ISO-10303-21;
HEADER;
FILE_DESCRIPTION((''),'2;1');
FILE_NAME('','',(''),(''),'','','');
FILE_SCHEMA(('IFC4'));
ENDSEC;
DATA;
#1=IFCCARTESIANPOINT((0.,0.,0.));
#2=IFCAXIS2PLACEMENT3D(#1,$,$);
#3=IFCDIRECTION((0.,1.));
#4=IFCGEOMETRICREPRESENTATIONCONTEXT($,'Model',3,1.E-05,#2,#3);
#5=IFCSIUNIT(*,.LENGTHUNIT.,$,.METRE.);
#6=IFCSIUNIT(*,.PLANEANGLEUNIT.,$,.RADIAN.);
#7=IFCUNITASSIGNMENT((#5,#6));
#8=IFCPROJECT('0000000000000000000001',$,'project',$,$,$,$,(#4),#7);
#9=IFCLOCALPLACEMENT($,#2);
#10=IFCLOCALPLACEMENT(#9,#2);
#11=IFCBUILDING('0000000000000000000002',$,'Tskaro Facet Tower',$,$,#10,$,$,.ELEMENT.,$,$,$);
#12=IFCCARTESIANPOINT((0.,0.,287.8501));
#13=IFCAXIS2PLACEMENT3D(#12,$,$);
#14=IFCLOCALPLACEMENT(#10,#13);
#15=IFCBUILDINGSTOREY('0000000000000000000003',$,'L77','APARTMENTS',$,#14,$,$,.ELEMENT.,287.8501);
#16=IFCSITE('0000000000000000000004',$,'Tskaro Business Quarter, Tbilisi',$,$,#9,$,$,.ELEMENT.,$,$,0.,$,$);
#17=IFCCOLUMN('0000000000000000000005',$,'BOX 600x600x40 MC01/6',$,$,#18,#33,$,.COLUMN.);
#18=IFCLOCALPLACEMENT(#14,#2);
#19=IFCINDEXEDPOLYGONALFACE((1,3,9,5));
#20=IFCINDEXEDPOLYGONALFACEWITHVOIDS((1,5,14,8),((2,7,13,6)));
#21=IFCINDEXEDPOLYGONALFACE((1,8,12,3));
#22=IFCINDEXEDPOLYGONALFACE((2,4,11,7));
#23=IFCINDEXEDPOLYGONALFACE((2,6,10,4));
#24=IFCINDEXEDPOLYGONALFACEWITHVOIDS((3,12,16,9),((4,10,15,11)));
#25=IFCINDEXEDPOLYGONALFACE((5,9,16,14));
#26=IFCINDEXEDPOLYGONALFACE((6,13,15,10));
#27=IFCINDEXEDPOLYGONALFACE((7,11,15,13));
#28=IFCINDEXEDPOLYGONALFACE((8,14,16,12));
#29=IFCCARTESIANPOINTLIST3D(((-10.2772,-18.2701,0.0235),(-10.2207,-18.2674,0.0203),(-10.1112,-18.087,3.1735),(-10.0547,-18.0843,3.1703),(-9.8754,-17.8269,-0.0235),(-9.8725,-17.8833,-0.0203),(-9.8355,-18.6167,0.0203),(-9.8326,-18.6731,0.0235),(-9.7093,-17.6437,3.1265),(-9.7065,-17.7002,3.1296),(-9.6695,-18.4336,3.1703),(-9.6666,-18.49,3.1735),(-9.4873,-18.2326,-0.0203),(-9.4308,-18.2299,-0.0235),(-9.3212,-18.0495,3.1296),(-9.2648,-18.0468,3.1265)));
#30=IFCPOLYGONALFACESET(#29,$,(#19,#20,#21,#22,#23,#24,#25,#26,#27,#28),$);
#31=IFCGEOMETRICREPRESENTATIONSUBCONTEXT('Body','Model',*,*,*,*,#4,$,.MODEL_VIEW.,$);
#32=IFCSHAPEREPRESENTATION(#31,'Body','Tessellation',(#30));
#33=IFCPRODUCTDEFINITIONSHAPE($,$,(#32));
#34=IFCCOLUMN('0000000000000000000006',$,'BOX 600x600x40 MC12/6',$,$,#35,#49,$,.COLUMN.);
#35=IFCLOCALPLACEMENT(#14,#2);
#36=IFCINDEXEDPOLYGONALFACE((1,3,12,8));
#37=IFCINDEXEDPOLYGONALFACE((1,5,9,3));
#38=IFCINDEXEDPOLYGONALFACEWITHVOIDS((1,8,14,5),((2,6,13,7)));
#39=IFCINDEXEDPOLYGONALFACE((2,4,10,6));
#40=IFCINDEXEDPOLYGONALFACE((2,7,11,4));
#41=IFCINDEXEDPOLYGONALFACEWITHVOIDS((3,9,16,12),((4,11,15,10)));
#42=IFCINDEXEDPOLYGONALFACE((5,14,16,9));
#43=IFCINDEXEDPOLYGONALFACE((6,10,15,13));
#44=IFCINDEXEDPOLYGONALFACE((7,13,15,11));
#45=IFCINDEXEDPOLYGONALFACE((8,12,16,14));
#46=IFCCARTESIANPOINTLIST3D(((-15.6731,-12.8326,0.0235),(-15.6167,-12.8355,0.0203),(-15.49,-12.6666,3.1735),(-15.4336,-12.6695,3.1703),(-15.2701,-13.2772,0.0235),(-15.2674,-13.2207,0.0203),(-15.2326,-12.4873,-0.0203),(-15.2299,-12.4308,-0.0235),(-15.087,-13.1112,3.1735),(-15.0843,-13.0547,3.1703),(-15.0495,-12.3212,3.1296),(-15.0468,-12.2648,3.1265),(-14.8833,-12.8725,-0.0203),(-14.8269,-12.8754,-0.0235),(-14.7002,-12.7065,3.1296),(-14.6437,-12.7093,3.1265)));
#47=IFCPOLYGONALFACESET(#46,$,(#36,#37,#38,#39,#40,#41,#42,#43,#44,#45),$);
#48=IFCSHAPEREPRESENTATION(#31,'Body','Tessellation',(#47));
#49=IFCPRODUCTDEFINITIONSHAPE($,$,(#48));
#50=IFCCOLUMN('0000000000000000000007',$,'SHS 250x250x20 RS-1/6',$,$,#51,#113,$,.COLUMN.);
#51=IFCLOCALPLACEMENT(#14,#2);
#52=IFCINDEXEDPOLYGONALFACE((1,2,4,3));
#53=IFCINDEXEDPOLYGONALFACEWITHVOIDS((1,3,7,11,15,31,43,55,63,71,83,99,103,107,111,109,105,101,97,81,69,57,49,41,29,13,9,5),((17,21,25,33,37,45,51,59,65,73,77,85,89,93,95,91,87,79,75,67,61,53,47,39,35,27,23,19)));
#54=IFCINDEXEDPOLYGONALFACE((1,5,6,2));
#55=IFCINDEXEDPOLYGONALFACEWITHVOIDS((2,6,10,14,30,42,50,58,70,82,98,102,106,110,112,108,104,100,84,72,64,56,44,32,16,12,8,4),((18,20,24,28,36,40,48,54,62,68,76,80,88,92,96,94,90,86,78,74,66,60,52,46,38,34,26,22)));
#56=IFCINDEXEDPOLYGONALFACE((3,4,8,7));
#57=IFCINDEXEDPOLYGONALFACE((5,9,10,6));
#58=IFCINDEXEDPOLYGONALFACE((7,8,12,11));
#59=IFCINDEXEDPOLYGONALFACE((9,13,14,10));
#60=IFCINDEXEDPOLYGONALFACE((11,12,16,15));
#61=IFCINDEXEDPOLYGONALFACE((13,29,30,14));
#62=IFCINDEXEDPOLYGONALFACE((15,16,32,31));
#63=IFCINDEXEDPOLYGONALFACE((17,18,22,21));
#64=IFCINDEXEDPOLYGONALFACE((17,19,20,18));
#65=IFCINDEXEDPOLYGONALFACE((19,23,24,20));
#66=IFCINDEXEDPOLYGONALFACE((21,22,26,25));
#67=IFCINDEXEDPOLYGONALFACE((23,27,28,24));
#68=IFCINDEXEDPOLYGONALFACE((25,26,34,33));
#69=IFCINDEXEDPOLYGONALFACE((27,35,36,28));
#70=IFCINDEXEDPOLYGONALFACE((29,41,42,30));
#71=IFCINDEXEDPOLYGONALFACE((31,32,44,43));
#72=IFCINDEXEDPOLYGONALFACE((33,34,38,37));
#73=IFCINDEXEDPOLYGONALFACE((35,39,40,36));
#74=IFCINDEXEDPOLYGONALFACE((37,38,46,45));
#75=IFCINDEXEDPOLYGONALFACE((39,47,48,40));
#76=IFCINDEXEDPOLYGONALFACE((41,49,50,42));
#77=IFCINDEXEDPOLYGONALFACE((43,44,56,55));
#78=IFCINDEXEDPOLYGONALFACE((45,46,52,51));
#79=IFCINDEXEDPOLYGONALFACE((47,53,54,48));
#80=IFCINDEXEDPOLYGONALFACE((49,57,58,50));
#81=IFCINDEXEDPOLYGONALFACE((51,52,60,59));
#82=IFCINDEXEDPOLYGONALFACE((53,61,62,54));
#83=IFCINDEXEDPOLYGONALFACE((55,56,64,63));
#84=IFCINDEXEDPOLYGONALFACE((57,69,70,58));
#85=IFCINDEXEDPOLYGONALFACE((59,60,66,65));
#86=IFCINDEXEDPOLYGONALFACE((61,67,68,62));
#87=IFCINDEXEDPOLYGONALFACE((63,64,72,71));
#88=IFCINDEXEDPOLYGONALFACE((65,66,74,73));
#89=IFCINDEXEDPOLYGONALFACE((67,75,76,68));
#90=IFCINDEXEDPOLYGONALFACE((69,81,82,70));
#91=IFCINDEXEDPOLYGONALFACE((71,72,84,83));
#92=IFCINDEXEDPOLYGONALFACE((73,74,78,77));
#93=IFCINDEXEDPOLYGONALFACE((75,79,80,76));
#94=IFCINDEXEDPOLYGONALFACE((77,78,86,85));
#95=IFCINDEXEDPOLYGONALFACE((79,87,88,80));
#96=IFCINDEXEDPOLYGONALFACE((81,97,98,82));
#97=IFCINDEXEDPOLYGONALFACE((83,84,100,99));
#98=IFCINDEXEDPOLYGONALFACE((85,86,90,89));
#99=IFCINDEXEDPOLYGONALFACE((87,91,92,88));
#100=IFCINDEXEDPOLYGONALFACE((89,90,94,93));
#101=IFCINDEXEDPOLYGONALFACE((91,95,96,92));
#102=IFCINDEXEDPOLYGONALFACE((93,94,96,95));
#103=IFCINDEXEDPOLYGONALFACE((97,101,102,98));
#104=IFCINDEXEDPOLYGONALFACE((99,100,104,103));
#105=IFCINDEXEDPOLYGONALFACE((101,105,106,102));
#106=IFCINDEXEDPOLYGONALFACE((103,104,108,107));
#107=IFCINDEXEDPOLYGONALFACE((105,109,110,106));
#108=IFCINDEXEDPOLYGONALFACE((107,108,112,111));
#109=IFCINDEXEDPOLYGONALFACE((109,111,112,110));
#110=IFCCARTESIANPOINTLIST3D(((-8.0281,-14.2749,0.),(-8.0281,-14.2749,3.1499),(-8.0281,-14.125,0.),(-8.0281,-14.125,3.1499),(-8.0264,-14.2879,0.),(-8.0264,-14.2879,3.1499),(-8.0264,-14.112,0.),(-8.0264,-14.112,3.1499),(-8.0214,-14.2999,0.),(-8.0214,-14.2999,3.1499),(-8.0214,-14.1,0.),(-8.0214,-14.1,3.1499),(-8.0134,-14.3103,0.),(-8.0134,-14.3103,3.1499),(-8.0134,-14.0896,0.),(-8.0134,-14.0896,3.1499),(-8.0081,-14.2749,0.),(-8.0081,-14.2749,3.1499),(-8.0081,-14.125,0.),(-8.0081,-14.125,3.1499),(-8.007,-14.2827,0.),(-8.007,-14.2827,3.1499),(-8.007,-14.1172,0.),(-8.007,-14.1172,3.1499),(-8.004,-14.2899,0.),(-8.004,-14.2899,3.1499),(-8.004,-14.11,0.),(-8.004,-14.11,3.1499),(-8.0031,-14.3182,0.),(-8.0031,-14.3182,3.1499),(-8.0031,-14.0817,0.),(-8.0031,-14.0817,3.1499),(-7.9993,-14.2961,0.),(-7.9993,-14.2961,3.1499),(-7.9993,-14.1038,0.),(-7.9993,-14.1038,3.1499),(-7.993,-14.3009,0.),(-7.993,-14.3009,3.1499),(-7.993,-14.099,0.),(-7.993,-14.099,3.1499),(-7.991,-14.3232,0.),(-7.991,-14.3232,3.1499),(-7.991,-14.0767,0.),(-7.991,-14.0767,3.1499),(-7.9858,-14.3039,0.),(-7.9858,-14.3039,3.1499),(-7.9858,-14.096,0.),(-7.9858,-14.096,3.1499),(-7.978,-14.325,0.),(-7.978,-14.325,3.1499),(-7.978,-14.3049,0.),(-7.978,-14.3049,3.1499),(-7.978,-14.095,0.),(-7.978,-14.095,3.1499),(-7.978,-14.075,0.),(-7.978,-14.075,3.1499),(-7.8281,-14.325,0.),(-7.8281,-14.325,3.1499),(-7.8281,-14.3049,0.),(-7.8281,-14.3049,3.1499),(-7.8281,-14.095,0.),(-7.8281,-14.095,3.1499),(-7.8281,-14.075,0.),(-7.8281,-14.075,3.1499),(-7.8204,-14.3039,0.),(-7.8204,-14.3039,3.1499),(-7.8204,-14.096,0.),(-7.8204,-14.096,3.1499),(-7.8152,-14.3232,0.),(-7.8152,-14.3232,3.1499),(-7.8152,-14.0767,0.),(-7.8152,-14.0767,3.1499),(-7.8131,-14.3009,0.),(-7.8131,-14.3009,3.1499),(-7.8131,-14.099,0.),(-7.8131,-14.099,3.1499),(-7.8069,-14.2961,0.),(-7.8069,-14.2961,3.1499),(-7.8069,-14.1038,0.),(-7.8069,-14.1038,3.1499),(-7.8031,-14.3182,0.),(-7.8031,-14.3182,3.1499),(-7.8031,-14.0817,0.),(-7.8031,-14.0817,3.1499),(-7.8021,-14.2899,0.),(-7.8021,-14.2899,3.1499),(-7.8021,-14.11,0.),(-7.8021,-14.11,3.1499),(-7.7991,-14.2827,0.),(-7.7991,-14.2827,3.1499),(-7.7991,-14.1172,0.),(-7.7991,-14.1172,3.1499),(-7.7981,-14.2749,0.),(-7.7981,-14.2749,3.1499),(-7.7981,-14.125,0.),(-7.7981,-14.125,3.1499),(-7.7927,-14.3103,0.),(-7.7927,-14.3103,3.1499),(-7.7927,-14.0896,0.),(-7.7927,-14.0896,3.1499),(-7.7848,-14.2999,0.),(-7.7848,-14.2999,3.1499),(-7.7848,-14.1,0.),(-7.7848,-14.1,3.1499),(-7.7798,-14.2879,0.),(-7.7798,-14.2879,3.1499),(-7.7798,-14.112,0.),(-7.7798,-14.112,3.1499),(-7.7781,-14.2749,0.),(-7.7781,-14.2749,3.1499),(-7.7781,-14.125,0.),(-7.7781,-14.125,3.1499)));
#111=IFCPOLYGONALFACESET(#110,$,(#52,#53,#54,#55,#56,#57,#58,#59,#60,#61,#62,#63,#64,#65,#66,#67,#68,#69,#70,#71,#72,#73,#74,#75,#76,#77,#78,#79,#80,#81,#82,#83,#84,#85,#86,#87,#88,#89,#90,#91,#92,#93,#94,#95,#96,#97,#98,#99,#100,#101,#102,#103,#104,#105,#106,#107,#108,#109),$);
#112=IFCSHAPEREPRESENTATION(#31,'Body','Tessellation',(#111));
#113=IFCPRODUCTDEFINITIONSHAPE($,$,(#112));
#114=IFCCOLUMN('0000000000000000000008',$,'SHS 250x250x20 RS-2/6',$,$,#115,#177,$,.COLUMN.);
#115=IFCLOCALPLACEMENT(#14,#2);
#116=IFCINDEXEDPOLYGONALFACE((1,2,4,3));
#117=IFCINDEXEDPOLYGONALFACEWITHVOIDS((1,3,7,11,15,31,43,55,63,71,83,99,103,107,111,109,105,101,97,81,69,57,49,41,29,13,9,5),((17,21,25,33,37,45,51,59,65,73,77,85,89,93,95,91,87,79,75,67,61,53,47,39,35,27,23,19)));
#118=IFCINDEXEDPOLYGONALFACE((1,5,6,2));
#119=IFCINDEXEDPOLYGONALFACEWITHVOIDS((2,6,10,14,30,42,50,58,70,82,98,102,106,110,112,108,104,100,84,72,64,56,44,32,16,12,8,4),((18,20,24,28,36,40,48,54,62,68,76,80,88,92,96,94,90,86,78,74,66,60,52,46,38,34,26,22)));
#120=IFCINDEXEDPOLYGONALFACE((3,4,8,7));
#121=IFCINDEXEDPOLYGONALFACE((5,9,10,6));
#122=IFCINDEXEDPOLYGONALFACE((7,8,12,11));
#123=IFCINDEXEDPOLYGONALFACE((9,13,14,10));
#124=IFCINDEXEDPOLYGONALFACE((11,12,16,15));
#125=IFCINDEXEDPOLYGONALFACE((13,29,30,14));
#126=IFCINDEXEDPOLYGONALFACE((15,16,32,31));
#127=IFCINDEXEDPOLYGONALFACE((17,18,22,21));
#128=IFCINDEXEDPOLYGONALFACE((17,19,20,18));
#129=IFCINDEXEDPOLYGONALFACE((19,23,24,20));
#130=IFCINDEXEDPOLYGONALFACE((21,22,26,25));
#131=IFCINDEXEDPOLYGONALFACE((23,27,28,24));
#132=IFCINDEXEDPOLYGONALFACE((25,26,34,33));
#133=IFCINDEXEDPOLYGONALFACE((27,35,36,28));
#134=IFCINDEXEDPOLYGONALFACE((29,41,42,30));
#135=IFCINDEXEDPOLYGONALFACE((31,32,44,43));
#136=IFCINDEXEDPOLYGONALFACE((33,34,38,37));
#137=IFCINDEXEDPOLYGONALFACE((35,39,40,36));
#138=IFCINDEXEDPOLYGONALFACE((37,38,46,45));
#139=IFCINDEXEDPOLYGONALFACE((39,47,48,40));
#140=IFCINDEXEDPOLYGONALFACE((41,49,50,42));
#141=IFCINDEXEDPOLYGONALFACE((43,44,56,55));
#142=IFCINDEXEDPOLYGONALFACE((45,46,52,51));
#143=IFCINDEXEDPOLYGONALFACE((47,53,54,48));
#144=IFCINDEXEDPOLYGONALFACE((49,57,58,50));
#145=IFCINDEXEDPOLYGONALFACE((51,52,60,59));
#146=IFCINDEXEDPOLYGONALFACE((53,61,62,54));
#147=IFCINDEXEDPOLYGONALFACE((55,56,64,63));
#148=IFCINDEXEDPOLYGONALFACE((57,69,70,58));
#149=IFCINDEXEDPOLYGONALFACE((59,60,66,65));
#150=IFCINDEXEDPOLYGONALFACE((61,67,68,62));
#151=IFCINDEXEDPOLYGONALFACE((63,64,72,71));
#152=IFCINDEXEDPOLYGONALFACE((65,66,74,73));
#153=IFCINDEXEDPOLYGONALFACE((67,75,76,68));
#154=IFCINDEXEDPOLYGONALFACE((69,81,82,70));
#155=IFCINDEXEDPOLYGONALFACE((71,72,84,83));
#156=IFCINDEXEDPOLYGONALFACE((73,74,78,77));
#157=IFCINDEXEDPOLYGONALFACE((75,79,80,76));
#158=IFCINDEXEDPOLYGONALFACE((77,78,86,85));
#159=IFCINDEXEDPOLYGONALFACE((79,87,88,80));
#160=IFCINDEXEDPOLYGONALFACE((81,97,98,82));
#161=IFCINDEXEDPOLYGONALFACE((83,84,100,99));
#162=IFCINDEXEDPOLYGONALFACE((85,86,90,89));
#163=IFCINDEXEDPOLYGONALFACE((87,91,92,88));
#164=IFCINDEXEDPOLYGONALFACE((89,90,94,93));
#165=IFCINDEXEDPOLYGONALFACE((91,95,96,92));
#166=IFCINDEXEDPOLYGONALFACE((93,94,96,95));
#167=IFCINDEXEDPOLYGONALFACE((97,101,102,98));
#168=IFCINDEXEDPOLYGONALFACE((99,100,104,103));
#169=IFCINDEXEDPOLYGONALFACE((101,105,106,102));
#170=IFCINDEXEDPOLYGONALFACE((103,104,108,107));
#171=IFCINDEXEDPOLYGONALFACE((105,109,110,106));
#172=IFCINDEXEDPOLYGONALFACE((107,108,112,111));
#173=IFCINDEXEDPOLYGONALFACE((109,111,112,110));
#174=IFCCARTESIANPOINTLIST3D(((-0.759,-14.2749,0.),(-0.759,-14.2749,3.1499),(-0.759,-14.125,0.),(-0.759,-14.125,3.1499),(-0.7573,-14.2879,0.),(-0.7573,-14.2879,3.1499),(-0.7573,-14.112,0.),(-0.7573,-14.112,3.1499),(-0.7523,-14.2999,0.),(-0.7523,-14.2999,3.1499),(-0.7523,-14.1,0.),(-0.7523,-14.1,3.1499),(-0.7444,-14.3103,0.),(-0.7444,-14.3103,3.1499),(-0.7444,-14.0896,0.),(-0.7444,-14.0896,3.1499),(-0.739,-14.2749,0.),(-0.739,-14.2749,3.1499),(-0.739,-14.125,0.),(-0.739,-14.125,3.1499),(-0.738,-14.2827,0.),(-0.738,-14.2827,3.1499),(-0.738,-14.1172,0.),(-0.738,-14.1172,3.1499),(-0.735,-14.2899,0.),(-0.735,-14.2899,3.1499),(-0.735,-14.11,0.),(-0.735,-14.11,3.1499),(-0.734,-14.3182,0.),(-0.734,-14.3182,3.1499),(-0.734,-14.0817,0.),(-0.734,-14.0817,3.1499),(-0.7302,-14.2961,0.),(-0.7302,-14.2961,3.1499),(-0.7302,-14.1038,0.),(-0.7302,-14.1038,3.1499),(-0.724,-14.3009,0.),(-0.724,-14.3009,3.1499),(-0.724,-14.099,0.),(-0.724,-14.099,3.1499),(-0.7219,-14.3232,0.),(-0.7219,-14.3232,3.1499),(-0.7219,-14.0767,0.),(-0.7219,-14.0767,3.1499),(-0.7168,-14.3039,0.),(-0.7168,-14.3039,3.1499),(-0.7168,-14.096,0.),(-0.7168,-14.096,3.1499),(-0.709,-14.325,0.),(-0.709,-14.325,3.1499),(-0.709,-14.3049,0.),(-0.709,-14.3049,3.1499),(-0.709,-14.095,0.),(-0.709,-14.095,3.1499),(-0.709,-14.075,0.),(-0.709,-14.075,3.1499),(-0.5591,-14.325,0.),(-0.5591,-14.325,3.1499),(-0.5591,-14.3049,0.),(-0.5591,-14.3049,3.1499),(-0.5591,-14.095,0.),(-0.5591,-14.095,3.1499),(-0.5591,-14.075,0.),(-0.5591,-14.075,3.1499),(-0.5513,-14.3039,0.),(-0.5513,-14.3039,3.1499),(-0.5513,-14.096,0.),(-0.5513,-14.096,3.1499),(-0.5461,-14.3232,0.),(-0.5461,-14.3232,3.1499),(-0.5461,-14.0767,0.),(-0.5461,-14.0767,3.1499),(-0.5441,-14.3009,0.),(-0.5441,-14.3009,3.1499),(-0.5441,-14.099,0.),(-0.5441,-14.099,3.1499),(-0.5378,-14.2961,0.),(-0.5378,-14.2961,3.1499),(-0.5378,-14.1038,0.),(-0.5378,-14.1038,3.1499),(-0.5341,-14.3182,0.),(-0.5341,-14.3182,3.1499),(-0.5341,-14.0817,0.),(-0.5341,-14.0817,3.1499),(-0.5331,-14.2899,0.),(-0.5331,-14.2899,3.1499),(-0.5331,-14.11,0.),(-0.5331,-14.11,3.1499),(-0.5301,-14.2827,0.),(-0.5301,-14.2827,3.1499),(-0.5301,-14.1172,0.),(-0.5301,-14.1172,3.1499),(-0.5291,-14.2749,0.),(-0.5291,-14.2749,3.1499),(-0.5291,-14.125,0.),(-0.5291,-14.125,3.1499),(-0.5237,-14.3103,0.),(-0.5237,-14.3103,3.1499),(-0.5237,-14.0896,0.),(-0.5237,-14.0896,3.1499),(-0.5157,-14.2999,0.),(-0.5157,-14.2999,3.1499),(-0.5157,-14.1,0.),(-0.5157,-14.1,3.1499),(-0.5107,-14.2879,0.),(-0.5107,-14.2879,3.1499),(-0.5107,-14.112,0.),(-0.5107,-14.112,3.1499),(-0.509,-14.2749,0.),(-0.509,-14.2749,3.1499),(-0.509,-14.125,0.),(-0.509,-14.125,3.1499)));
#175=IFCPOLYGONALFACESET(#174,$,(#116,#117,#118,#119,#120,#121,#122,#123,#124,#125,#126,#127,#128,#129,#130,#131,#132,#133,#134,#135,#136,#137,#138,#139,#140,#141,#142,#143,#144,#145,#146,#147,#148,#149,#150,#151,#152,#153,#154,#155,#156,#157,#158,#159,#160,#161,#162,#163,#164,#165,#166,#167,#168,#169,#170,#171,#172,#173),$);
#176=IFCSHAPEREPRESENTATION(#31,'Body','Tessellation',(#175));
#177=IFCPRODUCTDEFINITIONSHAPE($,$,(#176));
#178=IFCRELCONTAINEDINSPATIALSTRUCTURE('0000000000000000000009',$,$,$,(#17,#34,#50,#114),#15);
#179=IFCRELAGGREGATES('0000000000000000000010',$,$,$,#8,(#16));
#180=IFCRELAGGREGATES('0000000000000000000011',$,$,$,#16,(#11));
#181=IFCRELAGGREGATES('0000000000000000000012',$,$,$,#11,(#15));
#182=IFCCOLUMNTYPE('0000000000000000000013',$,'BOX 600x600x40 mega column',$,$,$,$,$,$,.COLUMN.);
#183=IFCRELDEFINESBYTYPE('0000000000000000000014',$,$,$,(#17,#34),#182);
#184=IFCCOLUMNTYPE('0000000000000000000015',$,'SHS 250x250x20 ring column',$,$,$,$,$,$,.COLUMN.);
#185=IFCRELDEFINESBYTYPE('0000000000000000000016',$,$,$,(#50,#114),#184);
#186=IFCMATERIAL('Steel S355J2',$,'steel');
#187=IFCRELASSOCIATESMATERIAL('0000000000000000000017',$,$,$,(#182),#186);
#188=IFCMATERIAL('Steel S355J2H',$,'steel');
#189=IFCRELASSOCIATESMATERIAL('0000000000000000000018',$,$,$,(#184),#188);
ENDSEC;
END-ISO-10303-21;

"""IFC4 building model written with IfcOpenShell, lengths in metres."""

from ifc_helpers import new_model, si_unit, direction, frame, origin, origin_2d, place, context, subcontext, project, spatial, hollow_rectangle, extrude, material, material_profile, profile_set, type_object, element, save


model = new_model("IFC4")

# Units and contexts
model_context = context("Model", 3, precision=1e-05, world=origin(), true_north=direction((0.0, 1.0)))
body_context = subcontext(model_context, "Body", "Model", "MODEL_VIEW")
ifc_project = project(units=[si_unit("LENGTHUNIT", "METRE"), si_unit("PLANEANGLEUNIT", "RADIAN")], contexts=[model_context])

# Site, building, storey
site_placement = place(None, origin())
site = spatial("IfcSite", under=ifc_project, at=site_placement, Name="Tskaro Business Quarter, Tbilisi", CompositionType="ELEMENT", RefElevation=0.0)
building_placement = place(site_placement, origin())
building = spatial("IfcBuilding", under=site, at=building_placement, Name="Tskaro Facet Tower", CompositionType="ELEMENT")
storey_placement = place(building_placement, frame((0.0, 0.0, 287.8501)))
storey = spatial("IfcBuildingStorey", under=building, at=storey_placement, Name="L77", Description="APARTMENTS", CompositionType="ELEMENT", Elevation=287.8501)

# Columns
ifc_material_1 = material(Name="Steel S355J2", Category="steel")
ifc_material_profile_1 = material_profile(ifc_material_1, hollow_rectangle(XDim=0.6001, YDim=0.6001, WallThickness=0.04, at=origin_2d()), Name="BOX 600x600x40")
ifc_profile_set_1 = profile_set([ifc_material_profile_1], Name="Steel S355J2")
column_type_1 = type_object("IfcColumnType", Name="BOX 600x600x40 mega column", PredefinedType="COLUMN", material=ifc_profile_set_1)
for number, where, z_axis, x_axis, name in (
    (1, (-9.854, -18.25, 0.0), (0.052544, 0.057952, 0.996936), (-0.740833, 0.671689, 0.0), "BOX 600x600x40 MC01/6"),
    (2, (-15.25, -12.854, 0.0), (0.057952, 0.052544, 0.996936), (-0.671689, 0.740833, 0.0), "BOX 600x600x40 MC12/6"),
):
    element("IfcColumn", number, at=place(storey_placement, frame(where, z_axis=z_axis, x_axis=x_axis)), inside=storey, type_object=column_type_1, Name=name, PredefinedType="COLUMN", context=body_context, shape_type="SweptSolid", body=[
        extrude(hollow_rectangle(XDim=0.6001, YDim=0.6001, WallThickness=0.04, at=origin_2d()), origin(), (0.0, 0.0, 1.0), 3.1597),
    ])
ifc_material_2 = material(Name="Steel S355J2H", Category="steel")
ifc_material_profile_2 = material_profile(ifc_material_2, hollow_rectangle(XDim=0.25, YDim=0.25, WallThickness=0.02, InnerFilletRadius=0.03, OuterFilletRadius=0.05, at=origin_2d()), Name="SHS 250x250x20")
ifc_profile_set_2 = profile_set([ifc_material_profile_2], Name="Steel S355J2H")
column_type_2 = type_object("IfcColumnType", Name="SHS 250x250x20 ring column", PredefinedType="COLUMN", material=ifc_profile_set_2)
for number, where, z_axis, x_axis, name in (
    (3, (-7.9031, -14.2, 0.0), (0.0, 0.0, 1.0), (1.0, 0.0, 0.0), "SHS 250x250x20 RS-1/6"),
    (4, (-0.634, -14.2, 0.0), (0.0, 0.0, 1.0), (1.0, 0.0, 0.0), "SHS 250x250x20 RS-2/6"),
):
    element("IfcColumn", number, at=place(storey_placement, frame(where, z_axis=z_axis, x_axis=x_axis)), inside=storey, type_object=column_type_2, Name=name, PredefinedType="COLUMN", context=body_context, shape_type="SweptSolid", body=[
        extrude(hollow_rectangle(XDim=0.25, YDim=0.25, WallThickness=0.02, InnerFilletRadius=0.03, OuterFilletRadius=0.05, at=origin_2d()), origin(), (0.0, 0.0, 1.0), 3.1499),
    ])

save(model, "model.ifc")
